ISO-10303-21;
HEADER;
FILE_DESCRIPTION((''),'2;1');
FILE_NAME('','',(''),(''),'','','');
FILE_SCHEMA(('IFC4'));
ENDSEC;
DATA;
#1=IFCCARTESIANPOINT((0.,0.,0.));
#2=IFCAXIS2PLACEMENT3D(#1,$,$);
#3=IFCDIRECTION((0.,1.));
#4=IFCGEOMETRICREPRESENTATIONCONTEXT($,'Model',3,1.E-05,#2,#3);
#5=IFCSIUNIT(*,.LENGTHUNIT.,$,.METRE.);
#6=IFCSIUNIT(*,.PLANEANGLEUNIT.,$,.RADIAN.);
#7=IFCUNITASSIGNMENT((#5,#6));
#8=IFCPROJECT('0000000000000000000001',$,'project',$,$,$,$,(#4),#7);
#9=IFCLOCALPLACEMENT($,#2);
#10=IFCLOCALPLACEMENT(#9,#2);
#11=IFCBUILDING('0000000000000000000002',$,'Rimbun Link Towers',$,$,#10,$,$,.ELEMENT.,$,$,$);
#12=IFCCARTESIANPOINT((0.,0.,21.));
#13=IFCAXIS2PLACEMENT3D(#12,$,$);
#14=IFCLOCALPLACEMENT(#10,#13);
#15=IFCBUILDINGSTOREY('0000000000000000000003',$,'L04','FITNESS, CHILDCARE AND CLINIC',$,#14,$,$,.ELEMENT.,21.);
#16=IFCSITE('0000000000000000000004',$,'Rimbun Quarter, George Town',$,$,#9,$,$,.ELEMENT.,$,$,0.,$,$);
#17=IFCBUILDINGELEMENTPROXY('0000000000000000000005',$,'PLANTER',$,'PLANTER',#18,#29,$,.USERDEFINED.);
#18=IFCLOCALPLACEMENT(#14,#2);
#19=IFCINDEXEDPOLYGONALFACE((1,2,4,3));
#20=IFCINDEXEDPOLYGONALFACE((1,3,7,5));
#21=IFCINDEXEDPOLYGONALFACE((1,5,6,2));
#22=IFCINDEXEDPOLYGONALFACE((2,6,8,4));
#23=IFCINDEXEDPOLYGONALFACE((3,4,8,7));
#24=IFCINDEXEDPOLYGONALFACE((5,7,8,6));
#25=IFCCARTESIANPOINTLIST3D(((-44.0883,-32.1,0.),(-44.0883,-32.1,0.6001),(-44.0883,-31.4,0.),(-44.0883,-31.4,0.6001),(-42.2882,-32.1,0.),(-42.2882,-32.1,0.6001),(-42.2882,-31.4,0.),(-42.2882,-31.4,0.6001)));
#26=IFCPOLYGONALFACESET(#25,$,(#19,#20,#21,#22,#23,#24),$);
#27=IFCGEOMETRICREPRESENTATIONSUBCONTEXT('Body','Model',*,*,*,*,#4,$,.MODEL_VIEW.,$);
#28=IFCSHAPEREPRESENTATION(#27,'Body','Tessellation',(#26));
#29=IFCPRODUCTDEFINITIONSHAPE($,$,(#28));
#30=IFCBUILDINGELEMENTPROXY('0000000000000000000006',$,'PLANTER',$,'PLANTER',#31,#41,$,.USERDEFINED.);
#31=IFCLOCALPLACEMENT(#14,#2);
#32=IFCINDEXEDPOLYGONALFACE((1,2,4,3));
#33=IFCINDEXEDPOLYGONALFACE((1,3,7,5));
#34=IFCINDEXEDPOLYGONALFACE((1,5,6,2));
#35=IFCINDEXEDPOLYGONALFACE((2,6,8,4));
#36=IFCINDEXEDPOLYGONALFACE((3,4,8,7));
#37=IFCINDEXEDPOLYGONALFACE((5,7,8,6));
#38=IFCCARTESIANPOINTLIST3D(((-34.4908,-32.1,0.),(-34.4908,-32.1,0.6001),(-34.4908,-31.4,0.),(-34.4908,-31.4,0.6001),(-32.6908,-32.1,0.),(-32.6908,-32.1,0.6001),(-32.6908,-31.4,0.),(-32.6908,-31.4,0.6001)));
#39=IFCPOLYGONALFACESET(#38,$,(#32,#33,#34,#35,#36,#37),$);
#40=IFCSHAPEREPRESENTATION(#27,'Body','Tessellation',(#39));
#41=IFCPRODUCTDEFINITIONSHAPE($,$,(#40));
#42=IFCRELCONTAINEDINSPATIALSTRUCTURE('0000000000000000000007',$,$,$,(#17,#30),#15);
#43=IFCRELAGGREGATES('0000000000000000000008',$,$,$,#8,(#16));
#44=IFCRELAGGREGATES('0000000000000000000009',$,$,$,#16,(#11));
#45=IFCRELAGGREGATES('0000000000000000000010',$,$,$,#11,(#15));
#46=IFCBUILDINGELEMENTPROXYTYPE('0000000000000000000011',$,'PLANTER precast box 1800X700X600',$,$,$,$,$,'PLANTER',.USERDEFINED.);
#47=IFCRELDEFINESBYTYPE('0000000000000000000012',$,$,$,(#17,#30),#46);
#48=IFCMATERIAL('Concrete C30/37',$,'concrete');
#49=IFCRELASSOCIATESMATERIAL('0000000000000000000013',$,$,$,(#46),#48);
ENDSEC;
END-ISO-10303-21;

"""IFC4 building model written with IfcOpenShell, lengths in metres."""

from ifc_helpers import new_model, si_unit, direction, frame, origin, origin_2d, place, context, subcontext, project, spatial, rectangle, extrude, material, type_object, element, save


model = new_model("IFC4")

# Units and contexts
model_context = context("Model", 3, precision=1e-05, world=origin(), true_north=direction((0.0, 1.0)))
body_context = subcontext(model_context, "Body", "Model", "MODEL_VIEW")
ifc_project = project(units=[si_unit("LENGTHUNIT", "METRE"), si_unit("PLANEANGLEUNIT", "RADIAN")], contexts=[model_context])

# Site, building, storey
site_placement = place(None, origin())
site = spatial("IfcSite", under=ifc_project, at=site_placement, Name="Rimbun Quarter, George Town", CompositionType="ELEMENT", RefElevation=0.0)
building_placement = place(site_placement, origin())
building = spatial("IfcBuilding", under=site, at=building_placement, Name="Rimbun Link Towers", CompositionType="ELEMENT")
storey_placement = place(building_placement, frame((0.0, 0.0, 21.0)))
storey = spatial("IfcBuildingStorey", under=building, at=storey_placement, Name="L04", Description="FITNESS, CHILDCARE AND CLINIC", CompositionType="ELEMENT", Elevation=21.0)

# Building element proxies
ifc_material_1 = material(Name="Concrete C30/37", Category="concrete")
building_element_proxy_type = type_object("IfcBuildingElementProxyType", Name="PLANTER precast box 1800X700X600", ElementType="PLANTER", PredefinedType="USERDEFINED", material=ifc_material_1)
for number, where, z_axis, x_axis, name in (
    (1, (-43.1882, -31.75, 0.0), (0.0, 0.0, 1.0), (1.0, 0.0, 0.0), "PLANTER"),
    (2, (-33.5908, -31.75, 0.0), (0.0, 0.0, 1.0), (1.0, 0.0, 0.0), "PLANTER"),
):
    element("IfcBuildingElementProxy", number, at=place(storey_placement, frame(where, z_axis=z_axis, x_axis=x_axis)), inside=storey, type_object=building_element_proxy_type, Name=name, ObjectType="PLANTER", PredefinedType="USERDEFINED", context=body_context, shape_type="SweptSolid", body=[
        extrude(rectangle(XDim=1.8, YDim=0.7, at=origin_2d()), origin(), (0.0, 0.0, 1.0), 0.6001),
    ])

save(model, "model.ifc")
